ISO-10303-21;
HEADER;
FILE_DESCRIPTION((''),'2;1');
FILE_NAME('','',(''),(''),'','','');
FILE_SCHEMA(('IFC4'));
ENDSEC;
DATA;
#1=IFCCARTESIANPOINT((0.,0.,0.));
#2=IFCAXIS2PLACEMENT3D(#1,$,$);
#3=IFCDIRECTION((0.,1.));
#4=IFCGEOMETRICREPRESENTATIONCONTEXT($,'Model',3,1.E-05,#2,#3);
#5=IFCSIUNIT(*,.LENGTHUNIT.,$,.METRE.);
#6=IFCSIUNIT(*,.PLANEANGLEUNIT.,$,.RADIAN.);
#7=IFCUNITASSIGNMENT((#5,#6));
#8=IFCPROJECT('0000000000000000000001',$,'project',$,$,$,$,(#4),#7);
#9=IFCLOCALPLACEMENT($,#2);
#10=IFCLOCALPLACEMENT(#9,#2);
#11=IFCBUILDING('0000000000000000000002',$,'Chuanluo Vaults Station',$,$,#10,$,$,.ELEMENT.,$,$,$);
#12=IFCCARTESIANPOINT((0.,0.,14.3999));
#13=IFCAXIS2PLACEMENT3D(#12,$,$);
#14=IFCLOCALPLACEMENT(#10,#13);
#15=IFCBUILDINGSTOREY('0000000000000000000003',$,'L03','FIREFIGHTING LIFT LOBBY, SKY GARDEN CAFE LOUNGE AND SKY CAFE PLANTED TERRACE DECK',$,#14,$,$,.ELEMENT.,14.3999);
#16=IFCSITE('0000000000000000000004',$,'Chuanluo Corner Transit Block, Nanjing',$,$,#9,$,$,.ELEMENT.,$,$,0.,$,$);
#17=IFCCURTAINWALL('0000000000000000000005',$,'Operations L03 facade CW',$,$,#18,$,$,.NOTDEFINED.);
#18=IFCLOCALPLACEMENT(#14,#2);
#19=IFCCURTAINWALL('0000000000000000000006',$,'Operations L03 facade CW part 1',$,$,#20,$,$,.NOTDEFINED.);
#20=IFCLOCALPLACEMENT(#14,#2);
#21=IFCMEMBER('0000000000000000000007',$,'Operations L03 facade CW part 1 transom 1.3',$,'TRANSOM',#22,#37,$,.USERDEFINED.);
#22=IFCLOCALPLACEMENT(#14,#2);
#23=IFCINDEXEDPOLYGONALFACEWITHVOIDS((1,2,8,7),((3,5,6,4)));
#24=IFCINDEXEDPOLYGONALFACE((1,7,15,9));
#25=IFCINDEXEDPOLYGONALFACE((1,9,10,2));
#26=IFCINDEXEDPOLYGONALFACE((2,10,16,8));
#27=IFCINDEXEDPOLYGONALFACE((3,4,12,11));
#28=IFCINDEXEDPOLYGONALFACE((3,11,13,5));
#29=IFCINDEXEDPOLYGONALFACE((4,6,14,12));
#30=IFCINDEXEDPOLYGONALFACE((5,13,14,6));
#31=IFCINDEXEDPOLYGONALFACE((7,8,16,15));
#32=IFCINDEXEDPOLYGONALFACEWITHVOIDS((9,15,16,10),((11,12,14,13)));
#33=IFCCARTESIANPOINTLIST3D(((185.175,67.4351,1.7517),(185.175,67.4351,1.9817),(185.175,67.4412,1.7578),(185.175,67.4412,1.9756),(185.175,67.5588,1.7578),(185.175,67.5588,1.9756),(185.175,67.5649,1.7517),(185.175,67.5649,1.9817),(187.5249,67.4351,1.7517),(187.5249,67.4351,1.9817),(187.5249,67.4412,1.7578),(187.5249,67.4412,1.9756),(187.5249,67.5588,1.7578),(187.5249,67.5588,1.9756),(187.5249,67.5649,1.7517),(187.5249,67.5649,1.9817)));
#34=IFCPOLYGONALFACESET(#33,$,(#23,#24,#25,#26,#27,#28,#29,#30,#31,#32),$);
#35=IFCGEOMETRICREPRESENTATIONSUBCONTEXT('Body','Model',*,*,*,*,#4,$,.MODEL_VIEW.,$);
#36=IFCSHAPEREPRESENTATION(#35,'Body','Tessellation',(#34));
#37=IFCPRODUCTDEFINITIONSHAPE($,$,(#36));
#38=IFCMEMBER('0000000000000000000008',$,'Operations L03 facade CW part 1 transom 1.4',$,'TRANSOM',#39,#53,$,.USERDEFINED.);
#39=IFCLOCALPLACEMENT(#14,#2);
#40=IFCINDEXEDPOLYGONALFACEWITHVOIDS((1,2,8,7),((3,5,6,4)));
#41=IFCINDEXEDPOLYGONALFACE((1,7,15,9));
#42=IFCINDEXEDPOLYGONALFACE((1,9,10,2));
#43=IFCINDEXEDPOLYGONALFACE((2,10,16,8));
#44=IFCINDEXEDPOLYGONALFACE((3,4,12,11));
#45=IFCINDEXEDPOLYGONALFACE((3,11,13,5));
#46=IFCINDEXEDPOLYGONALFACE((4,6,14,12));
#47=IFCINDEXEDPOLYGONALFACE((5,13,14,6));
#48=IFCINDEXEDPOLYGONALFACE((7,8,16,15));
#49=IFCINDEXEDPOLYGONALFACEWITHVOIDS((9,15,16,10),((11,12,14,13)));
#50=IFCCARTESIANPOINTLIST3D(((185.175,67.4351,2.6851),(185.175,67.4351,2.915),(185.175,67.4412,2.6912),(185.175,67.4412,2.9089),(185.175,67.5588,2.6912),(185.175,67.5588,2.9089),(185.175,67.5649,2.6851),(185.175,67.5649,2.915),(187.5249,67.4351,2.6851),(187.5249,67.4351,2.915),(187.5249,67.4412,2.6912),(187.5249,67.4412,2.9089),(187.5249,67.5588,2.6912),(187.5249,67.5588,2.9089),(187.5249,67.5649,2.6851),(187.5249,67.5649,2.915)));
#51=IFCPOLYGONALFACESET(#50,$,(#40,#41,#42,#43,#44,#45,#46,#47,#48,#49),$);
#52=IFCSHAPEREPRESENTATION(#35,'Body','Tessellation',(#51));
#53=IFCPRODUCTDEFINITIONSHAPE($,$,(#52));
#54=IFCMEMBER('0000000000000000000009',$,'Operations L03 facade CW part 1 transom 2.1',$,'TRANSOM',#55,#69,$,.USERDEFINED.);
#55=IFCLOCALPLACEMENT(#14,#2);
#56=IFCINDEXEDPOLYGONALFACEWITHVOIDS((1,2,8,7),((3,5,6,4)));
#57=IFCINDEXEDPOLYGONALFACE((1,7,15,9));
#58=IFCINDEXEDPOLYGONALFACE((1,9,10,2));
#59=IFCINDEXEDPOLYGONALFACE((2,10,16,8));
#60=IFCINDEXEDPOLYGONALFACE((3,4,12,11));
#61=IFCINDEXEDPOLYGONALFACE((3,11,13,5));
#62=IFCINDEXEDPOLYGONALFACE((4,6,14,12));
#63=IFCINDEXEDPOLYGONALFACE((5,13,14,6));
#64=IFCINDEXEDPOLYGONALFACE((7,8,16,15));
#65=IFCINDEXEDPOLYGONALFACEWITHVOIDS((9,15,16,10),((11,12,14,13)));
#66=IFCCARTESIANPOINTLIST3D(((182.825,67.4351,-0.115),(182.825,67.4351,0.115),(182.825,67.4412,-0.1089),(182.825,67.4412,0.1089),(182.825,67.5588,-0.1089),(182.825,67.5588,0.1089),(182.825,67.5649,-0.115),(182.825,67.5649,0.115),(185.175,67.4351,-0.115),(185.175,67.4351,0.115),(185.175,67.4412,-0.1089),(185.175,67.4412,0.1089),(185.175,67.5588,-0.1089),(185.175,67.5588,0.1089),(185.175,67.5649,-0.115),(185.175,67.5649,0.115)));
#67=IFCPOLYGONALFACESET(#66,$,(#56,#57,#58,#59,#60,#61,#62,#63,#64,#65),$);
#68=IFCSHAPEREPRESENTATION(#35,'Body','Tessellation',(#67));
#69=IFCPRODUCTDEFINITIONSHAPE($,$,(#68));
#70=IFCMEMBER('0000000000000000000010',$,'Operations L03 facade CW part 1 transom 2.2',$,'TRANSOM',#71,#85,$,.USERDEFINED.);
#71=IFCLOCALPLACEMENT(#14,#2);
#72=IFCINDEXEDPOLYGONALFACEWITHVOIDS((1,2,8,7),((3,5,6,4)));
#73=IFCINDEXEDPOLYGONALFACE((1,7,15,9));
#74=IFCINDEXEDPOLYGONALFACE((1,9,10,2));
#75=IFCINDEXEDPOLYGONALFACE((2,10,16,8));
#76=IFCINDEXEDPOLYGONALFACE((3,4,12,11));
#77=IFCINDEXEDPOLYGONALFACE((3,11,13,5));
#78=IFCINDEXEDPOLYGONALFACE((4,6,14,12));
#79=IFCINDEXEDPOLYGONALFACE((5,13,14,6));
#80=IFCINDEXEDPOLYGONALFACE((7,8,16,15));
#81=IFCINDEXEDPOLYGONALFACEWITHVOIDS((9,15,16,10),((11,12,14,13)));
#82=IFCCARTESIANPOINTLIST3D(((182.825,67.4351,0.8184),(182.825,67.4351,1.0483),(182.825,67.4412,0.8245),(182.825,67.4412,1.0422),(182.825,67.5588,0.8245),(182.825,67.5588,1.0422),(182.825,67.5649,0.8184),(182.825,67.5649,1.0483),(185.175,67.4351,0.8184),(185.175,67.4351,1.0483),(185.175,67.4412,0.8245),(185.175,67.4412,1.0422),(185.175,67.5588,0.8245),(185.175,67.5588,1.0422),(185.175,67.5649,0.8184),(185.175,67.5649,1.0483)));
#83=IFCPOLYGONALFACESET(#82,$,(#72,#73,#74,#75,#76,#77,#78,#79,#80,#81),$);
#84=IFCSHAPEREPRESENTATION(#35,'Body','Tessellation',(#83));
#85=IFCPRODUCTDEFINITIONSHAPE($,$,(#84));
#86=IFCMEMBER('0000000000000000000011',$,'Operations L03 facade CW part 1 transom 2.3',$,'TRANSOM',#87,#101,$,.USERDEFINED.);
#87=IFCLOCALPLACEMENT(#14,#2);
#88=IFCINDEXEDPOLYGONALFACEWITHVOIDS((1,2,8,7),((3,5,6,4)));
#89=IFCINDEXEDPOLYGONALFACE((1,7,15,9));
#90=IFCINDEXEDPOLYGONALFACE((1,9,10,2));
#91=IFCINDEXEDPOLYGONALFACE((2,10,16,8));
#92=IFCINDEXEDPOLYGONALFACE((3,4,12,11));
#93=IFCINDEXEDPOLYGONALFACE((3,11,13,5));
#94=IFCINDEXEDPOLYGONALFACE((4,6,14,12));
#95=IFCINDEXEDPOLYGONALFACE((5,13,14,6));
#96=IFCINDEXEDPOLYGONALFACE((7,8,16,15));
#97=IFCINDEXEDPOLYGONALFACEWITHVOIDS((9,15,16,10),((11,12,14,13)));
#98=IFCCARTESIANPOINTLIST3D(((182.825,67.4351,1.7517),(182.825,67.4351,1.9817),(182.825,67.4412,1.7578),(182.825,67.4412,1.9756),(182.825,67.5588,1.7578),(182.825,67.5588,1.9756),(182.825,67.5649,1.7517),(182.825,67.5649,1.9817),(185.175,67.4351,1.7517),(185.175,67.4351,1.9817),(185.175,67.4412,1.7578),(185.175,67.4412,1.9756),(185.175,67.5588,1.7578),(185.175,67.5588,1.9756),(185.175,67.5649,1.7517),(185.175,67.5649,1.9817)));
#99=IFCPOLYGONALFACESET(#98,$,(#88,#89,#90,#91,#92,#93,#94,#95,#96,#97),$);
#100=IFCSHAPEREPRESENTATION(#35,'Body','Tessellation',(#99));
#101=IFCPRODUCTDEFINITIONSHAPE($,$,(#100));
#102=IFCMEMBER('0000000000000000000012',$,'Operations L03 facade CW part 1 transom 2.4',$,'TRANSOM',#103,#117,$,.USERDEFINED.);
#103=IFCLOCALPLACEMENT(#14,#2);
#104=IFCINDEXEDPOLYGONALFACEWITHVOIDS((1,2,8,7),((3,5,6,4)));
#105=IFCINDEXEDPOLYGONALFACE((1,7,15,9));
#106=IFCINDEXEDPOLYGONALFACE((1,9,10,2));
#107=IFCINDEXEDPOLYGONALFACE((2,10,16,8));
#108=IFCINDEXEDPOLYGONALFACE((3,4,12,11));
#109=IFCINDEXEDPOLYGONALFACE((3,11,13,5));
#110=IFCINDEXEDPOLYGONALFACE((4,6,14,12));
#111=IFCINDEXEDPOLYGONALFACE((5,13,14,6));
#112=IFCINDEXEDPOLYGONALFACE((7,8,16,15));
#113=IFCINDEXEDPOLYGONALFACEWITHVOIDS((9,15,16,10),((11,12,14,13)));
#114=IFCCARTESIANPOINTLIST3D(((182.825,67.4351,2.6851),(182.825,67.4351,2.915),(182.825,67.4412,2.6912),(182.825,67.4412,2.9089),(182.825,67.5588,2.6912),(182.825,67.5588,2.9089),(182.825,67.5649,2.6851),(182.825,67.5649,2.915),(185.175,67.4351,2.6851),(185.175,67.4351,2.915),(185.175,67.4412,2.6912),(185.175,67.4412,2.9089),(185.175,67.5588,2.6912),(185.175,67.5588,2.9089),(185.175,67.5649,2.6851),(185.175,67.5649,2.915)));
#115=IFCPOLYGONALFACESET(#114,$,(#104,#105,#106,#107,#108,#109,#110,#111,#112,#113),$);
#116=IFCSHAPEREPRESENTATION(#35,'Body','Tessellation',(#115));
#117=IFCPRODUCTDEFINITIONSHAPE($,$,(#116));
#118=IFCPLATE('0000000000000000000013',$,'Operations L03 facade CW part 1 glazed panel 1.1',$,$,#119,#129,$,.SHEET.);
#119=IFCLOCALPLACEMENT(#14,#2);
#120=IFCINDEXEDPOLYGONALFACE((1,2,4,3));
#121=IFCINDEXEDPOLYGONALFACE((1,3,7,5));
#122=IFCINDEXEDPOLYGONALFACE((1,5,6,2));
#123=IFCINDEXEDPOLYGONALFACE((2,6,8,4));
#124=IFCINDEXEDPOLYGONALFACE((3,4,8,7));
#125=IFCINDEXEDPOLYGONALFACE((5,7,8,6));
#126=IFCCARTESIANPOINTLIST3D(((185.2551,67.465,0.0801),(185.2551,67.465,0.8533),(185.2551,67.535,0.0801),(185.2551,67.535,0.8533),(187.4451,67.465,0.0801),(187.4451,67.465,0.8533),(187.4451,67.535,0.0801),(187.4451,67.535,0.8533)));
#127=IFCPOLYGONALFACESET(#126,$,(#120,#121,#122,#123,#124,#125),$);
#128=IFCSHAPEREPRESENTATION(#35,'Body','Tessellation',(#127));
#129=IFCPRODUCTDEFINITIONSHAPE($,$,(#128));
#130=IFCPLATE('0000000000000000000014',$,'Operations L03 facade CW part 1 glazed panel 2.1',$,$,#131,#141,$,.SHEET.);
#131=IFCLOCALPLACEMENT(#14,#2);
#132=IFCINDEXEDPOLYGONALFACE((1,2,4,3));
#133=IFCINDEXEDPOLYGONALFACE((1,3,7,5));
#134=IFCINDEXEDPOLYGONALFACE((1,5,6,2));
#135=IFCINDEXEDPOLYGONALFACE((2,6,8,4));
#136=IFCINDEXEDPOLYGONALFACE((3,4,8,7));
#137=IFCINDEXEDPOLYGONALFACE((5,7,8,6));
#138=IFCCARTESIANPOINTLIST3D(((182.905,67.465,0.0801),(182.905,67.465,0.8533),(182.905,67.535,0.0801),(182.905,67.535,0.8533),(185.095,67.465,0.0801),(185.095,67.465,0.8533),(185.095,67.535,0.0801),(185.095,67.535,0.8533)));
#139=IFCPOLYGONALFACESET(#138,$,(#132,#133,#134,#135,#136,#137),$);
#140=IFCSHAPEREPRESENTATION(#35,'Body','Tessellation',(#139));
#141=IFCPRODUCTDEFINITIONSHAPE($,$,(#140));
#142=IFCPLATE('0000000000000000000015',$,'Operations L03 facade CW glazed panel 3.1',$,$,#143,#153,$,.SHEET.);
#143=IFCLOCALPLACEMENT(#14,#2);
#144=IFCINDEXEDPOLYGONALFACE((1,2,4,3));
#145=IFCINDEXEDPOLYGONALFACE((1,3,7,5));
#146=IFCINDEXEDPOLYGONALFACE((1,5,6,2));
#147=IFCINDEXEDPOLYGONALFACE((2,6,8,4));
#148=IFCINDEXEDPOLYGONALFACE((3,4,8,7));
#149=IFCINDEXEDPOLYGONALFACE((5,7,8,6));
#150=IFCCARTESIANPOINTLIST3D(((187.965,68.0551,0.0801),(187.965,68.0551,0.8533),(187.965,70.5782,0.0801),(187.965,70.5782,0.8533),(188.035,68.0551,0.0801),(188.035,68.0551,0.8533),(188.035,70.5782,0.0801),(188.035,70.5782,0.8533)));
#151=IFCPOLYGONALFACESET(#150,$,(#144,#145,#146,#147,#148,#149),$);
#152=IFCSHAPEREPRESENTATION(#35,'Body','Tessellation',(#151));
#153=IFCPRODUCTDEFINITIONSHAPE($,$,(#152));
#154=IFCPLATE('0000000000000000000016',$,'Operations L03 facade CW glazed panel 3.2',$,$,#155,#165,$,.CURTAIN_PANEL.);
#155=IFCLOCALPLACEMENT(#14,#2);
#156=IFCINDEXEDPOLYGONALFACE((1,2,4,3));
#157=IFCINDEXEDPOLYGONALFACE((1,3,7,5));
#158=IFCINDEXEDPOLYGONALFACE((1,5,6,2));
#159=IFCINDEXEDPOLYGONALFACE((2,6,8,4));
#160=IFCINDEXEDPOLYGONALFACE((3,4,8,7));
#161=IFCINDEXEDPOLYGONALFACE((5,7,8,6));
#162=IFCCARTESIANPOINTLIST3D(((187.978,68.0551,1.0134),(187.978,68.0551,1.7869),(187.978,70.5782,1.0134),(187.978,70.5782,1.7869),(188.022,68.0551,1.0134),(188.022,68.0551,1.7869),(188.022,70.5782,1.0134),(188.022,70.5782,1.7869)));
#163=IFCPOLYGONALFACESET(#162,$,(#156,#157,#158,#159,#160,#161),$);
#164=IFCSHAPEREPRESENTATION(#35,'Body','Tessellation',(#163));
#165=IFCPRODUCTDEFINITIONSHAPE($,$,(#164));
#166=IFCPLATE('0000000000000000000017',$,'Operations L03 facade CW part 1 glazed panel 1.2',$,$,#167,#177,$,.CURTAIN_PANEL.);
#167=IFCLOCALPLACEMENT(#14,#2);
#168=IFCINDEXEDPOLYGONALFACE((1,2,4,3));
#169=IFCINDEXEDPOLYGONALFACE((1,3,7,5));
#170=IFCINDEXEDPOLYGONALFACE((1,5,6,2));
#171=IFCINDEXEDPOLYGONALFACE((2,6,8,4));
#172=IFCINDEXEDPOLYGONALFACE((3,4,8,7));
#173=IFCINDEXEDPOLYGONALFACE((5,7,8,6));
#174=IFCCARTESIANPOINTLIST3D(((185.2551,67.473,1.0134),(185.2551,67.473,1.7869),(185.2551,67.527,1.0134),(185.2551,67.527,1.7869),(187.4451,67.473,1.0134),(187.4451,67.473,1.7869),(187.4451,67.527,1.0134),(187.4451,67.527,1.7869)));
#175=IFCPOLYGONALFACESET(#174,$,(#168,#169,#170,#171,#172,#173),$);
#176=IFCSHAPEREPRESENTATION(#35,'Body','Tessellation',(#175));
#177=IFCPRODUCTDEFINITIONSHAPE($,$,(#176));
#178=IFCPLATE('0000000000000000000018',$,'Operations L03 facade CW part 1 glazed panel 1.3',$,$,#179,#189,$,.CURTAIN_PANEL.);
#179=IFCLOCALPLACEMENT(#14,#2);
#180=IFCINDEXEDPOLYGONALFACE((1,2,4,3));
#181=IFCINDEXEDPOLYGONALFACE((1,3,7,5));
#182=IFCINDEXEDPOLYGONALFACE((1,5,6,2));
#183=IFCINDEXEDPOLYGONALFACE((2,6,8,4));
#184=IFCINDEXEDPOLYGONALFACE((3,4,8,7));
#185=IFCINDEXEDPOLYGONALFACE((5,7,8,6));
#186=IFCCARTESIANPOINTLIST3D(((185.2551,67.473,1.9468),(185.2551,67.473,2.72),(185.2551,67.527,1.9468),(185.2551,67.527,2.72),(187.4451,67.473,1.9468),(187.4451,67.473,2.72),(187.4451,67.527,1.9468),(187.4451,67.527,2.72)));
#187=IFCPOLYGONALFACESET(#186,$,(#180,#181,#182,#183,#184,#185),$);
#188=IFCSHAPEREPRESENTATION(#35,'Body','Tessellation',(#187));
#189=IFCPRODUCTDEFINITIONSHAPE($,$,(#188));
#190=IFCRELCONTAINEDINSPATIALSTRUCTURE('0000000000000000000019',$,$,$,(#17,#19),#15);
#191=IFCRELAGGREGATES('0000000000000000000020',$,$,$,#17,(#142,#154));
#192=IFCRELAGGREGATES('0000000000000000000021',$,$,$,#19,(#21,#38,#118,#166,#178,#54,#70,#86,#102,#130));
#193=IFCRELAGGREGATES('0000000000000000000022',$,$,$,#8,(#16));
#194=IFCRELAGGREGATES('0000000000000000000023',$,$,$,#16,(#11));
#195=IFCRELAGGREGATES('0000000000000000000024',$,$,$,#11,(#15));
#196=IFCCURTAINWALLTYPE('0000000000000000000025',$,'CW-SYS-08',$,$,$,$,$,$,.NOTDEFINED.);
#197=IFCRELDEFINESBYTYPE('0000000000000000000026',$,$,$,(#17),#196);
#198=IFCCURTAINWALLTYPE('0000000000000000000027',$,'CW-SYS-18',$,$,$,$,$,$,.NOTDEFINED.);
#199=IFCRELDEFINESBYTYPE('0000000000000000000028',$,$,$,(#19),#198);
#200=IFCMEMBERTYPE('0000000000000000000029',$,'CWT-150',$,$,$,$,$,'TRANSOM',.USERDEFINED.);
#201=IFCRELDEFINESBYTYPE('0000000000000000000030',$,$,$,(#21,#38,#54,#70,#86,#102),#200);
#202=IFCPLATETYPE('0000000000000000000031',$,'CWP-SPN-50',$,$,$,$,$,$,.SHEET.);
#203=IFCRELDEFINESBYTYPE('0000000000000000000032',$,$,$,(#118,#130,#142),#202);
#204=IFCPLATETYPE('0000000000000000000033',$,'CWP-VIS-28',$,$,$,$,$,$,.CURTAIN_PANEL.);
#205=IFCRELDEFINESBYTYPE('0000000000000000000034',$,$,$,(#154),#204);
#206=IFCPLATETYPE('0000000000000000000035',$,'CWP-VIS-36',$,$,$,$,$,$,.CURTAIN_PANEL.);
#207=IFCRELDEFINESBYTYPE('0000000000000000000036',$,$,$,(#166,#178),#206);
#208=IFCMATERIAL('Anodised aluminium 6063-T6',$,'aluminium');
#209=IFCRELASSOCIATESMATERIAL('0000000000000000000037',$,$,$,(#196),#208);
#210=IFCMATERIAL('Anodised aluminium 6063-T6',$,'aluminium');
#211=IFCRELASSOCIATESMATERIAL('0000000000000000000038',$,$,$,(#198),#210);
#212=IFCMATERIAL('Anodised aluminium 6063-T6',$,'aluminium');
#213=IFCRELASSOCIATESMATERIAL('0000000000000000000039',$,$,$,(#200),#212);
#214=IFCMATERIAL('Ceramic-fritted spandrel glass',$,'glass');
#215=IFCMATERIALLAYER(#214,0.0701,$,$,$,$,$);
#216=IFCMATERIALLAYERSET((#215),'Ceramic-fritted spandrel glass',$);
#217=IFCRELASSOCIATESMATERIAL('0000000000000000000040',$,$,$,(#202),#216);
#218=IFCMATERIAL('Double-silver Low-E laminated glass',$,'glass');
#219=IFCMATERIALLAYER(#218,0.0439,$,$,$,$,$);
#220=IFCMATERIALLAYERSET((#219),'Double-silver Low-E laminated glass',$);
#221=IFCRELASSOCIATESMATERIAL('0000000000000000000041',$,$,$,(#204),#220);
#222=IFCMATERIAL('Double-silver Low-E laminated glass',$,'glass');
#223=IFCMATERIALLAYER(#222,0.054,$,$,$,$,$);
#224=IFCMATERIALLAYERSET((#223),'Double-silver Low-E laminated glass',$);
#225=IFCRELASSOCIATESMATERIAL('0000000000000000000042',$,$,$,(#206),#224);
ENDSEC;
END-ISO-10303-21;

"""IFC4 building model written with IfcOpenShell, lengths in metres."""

from ifc_helpers import new_model, si_unit, direction, frame, origin, origin_2d, place, context, subcontext, project, spatial, rectangle, hollow_rectangle, extrude, material, layer, layer_set, material_profile, profile_set, type_object, element, aggregate, save


model = new_model("IFC4")

# Units and contexts
model_context = context("Model", 3, precision=1e-05, world=origin(), true_north=direction((0.0, 1.0)))
body_context = subcontext(model_context, "Body", "Model", "MODEL_VIEW")
ifc_project = project(units=[si_unit("LENGTHUNIT", "METRE"), si_unit("PLANEANGLEUNIT", "RADIAN")], contexts=[model_context])

# Site, building, storey
site_placement = place(None, origin())
site = spatial("IfcSite", under=ifc_project, at=site_placement, Name="Chuanluo Corner Transit Block, Nanjing", CompositionType="ELEMENT", RefElevation=0.0)
building_placement = place(site_placement, origin())
building = spatial("IfcBuilding", under=site, at=building_placement, Name="Chuanluo Vaults Station", CompositionType="ELEMENT")
storey_placement = place(building_placement, frame((0.0, 0.0, 14.3999)))
storey = spatial("IfcBuildingStorey", under=building, at=storey_placement, Name="L03", Description="FIREFIGHTING LIFT LOBBY, SKY GARDEN CAFE LOUNGE AND SKY CAFE PLANTED TERRACE DECK", CompositionType="ELEMENT", Elevation=14.3999)

# Curtain wall
ifc_material_1 = material(Name="Anodised aluminium 6063-T6", Category="aluminium")
curtain_wall_type_1 = type_object("IfcCurtainWallType", Name="CW-SYS-08", PredefinedType="NOTDEFINED", material=ifc_material_1)
curtain_wall_1_placement = place(storey_placement, origin())
curtain_wall_1 = element("IfcCurtainWall", 1, at=curtain_wall_1_placement, inside=storey, type_object=curtain_wall_type_1, Name="Operations L03 facade CW", PredefinedType="NOTDEFINED")

# Curtain wall, members, plates
ifc_material_2 = material(Name="Anodised aluminium 6063-T6", Category="aluminium")
curtain_wall_type_2 = type_object("IfcCurtainWallType", Name="CW-SYS-18", PredefinedType="NOTDEFINED", material=ifc_material_2)
curtain_wall_2_placement = place(storey_placement, origin())
curtain_wall_2 = element("IfcCurtainWall", 2, at=curtain_wall_2_placement, inside=storey, type_object=curtain_wall_type_2, Name="Operations L03 facade CW part 1", PredefinedType="NOTDEFINED")
ifc_material_3 = material(Name="Anodised aluminium 6063-T6", Category="aluminium")
ifc_material_profile_1 = material_profile(ifc_material_3, hollow_rectangle(XDim=0.1299, YDim=0.23, WallThickness=0.0061, at=origin_2d()))
ifc_profile_set_1 = profile_set([ifc_material_profile_1], Name="Anodised aluminium 6063-T6")
member_type_1 = type_object("IfcMemberType", Name="CWT-150", ElementType="TRANSOM", PredefinedType="USERDEFINED", material=ifc_profile_set_1)
member_1_placement = place(storey_placement, frame((187.5249, 67.5, 1.8667), z_axis=(-1.0, 0.0, 0.0), x_axis=(0.0, -1.0, 0.0)))
member_1 = element("IfcMember", 3, at=member_1_placement, type_object=member_type_1, Name="Operations L03 facade CW part 1 transom 1.3", ObjectType="TRANSOM", PredefinedType="USERDEFINED", context=body_context, shape_type="SweptSolid", body=[
    extrude(hollow_rectangle(XDim=0.1299, YDim=0.23, WallThickness=0.0061, at=origin_2d()), origin(), (0.0, 0.0, 1.0), 2.3499),
])
member_2_placement = place(storey_placement, frame((187.5249, 67.5, 2.8), z_axis=(-1.0, 0.0, 0.0), x_axis=(0.0, -1.0, 0.0)))
member_2 = element("IfcMember", 4, at=member_2_placement, type_object=member_type_1, Name="Operations L03 facade CW part 1 transom 1.4", ObjectType="TRANSOM", PredefinedType="USERDEFINED", context=body_context, shape_type="SweptSolid", body=[
    extrude(hollow_rectangle(XDim=0.1299, YDim=0.23, WallThickness=0.0061, at=origin_2d()), origin(), (0.0, 0.0, 1.0), 2.3499),
])
member_3_placement = place(storey_placement, frame((185.175, 67.5, 0.0), z_axis=(-1.0, 0.0, 0.0), x_axis=(0.0, -1.0, 0.0)))
member_3 = element("IfcMember", 5, at=member_3_placement, type_object=member_type_1, Name="Operations L03 facade CW part 1 transom 2.1", ObjectType="TRANSOM", PredefinedType="USERDEFINED", context=body_context, shape_type="SweptSolid", body=[
    extrude(hollow_rectangle(XDim=0.1299, YDim=0.23, WallThickness=0.0061, at=origin_2d()), origin(), (0.0, 0.0, 1.0), 2.3501),
])
member_4_placement = place(storey_placement, frame((185.175, 67.5, 0.9333), z_axis=(-1.0, 0.0, 0.0), x_axis=(0.0, -1.0, 0.0)))
member_4 = element("IfcMember", 6, at=member_4_placement, type_object=member_type_1, Name="Operations L03 facade CW part 1 transom 2.2", ObjectType="TRANSOM", PredefinedType="USERDEFINED", context=body_context, shape_type="SweptSolid", body=[
    extrude(hollow_rectangle(XDim=0.1299, YDim=0.23, WallThickness=0.0061, at=origin_2d()), origin(), (0.0, 0.0, 1.0), 2.3501),
])
member_5_placement = place(storey_placement, frame((185.175, 67.5, 1.8667), z_axis=(-1.0, 0.0, 0.0), x_axis=(0.0, -1.0, 0.0)))
member_5 = element("IfcMember", 7, at=member_5_placement, type_object=member_type_1, Name="Operations L03 facade CW part 1 transom 2.3", ObjectType="TRANSOM", PredefinedType="USERDEFINED", context=body_context, shape_type="SweptSolid", body=[
    extrude(hollow_rectangle(XDim=0.1299, YDim=0.23, WallThickness=0.0061, at=origin_2d()), origin(), (0.0, 0.0, 1.0), 2.3501),
])
member_6_placement = place(storey_placement, frame((185.175, 67.5, 2.8), z_axis=(-1.0, 0.0, 0.0), x_axis=(0.0, -1.0, 0.0)))
member_6 = element("IfcMember", 8, at=member_6_placement, type_object=member_type_1, Name="Operations L03 facade CW part 1 transom 2.4", ObjectType="TRANSOM", PredefinedType="USERDEFINED", context=body_context, shape_type="SweptSolid", body=[
    extrude(hollow_rectangle(XDim=0.1299, YDim=0.23, WallThickness=0.0061, at=origin_2d()), origin(), (0.0, 0.0, 1.0), 2.3501),
])
ifc_material_4 = material(Name="Ceramic-fritted spandrel glass", Category="glass")
ifc_layer_1 = layer(ifc_material_4, 0.0701)
ifc_layer_set_1 = layer_set([ifc_layer_1], Name="Ceramic-fritted spandrel glass")
plate_type_1 = type_object("IfcPlateType", Name="CWP-SPN-50", PredefinedType="SHEET", material=ifc_layer_set_1)
plate_1_placement = place(storey_placement, frame((186.3501, 67.5, 0.0801), z_axis=(0.0, 0.0, 1.0), x_axis=(-1.0, 0.0, 0.0)))
plate_1 = element("IfcPlate", 9, at=plate_1_placement, type_object=plate_type_1, Name="Operations L03 facade CW part 1 glazed panel 1.1", PredefinedType="SHEET", context=body_context, shape_type="SweptSolid", body=[
    extrude(rectangle(XDim=2.1899, YDim=0.0701, at=origin_2d()), origin(), (0.0, 0.0, 1.0), 0.7732),
])
plate_2_placement = place(storey_placement, frame((184.0, 67.5, 0.0801), z_axis=(0.0, 0.0, 1.0), x_axis=(-1.0, 0.0, 0.0)))
plate_2 = element("IfcPlate", 10, at=plate_2_placement, type_object=plate_type_1, Name="Operations L03 facade CW part 1 glazed panel 2.1", PredefinedType="SHEET", context=body_context, shape_type="SweptSolid", body=[
    extrude(rectangle(XDim=2.1899, YDim=0.0701, at=origin_2d()), origin(), (0.0, 0.0, 1.0), 0.7732),
])

# Plates
plate_3_placement = place(storey_placement, frame((188.0, 69.3167, 0.0801), z_axis=(0.0, 0.0, 1.0), x_axis=(0.0, -1.0, 0.0)))
plate_3 = element("IfcPlate", 11, at=plate_3_placement, type_object=plate_type_1, Name="Operations L03 facade CW glazed panel 3.1", PredefinedType="SHEET", context=body_context, shape_type="SweptSolid", body=[
    extrude(rectangle(XDim=2.5232, YDim=0.0701, at=origin_2d()), origin(), (0.0, 0.0, 1.0), 0.7732),
])
ifc_material_5 = material(Name="Double-silver Low-E laminated glass", Category="glass")
ifc_layer_2 = layer(ifc_material_5, 0.0439)
ifc_layer_set_2 = layer_set([ifc_layer_2], Name="Double-silver Low-E laminated glass")
plate_type_2 = type_object("IfcPlateType", Name="CWP-VIS-28", PredefinedType="CURTAIN_PANEL", material=ifc_layer_set_2)
plate_4_placement = place(storey_placement, frame((188.0, 69.3167, 1.0134), z_axis=(0.0, 0.0, 1.0), x_axis=(0.0, -1.0, 0.0)))
plate_4 = element("IfcPlate", 12, at=plate_4_placement, type_object=plate_type_2, Name="Operations L03 facade CW glazed panel 3.2", PredefinedType="CURTAIN_PANEL", context=body_context, shape_type="SweptSolid", body=[
    extrude(rectangle(XDim=2.5232, YDim=0.0439, at=origin_2d()), origin(), (0.0, 0.0, 1.0), 0.7734),
])
aggregate(curtain_wall_1, [plate_3, plate_4])
ifc_material_6 = material(Name="Double-silver Low-E laminated glass", Category="glass")
ifc_layer_3 = layer(ifc_material_6, 0.054)
ifc_layer_set_3 = layer_set([ifc_layer_3], Name="Double-silver Low-E laminated glass")
plate_type_3 = type_object("IfcPlateType", Name="CWP-VIS-36", PredefinedType="CURTAIN_PANEL", material=ifc_layer_set_3)
plate_5_placement = place(storey_placement, frame((186.3501, 67.5, 1.0134), z_axis=(0.0, 0.0, 1.0), x_axis=(-1.0, 0.0, 0.0)))
plate_5 = element("IfcPlate", 13, at=plate_5_placement, type_object=plate_type_3, Name="Operations L03 facade CW part 1 glazed panel 1.2", PredefinedType="CURTAIN_PANEL", context=body_context, shape_type="SweptSolid", body=[
    extrude(rectangle(XDim=2.1899, YDim=0.054, at=origin_2d()), origin(), (0.0, 0.0, 1.0), 0.7734),
])
plate_6_placement = place(storey_placement, frame((186.3501, 67.5, 1.9468), z_axis=(0.0, 0.0, 1.0), x_axis=(-1.0, 0.0, 0.0)))
plate_6 = element("IfcPlate", 14, at=plate_6_placement, type_object=plate_type_3, Name="Operations L03 facade CW part 1 glazed panel 1.3", PredefinedType="CURTAIN_PANEL", context=body_context, shape_type="SweptSolid", body=[
    extrude(rectangle(XDim=2.1899, YDim=0.054, at=origin_2d()), origin(), (0.0, 0.0, 1.0), 0.7732),
])
aggregate(curtain_wall_2, [member_1, member_2, plate_1, plate_5, plate_6, member_3, member_4, member_5, member_6, plate_2])

save(model, "model.ifc")
